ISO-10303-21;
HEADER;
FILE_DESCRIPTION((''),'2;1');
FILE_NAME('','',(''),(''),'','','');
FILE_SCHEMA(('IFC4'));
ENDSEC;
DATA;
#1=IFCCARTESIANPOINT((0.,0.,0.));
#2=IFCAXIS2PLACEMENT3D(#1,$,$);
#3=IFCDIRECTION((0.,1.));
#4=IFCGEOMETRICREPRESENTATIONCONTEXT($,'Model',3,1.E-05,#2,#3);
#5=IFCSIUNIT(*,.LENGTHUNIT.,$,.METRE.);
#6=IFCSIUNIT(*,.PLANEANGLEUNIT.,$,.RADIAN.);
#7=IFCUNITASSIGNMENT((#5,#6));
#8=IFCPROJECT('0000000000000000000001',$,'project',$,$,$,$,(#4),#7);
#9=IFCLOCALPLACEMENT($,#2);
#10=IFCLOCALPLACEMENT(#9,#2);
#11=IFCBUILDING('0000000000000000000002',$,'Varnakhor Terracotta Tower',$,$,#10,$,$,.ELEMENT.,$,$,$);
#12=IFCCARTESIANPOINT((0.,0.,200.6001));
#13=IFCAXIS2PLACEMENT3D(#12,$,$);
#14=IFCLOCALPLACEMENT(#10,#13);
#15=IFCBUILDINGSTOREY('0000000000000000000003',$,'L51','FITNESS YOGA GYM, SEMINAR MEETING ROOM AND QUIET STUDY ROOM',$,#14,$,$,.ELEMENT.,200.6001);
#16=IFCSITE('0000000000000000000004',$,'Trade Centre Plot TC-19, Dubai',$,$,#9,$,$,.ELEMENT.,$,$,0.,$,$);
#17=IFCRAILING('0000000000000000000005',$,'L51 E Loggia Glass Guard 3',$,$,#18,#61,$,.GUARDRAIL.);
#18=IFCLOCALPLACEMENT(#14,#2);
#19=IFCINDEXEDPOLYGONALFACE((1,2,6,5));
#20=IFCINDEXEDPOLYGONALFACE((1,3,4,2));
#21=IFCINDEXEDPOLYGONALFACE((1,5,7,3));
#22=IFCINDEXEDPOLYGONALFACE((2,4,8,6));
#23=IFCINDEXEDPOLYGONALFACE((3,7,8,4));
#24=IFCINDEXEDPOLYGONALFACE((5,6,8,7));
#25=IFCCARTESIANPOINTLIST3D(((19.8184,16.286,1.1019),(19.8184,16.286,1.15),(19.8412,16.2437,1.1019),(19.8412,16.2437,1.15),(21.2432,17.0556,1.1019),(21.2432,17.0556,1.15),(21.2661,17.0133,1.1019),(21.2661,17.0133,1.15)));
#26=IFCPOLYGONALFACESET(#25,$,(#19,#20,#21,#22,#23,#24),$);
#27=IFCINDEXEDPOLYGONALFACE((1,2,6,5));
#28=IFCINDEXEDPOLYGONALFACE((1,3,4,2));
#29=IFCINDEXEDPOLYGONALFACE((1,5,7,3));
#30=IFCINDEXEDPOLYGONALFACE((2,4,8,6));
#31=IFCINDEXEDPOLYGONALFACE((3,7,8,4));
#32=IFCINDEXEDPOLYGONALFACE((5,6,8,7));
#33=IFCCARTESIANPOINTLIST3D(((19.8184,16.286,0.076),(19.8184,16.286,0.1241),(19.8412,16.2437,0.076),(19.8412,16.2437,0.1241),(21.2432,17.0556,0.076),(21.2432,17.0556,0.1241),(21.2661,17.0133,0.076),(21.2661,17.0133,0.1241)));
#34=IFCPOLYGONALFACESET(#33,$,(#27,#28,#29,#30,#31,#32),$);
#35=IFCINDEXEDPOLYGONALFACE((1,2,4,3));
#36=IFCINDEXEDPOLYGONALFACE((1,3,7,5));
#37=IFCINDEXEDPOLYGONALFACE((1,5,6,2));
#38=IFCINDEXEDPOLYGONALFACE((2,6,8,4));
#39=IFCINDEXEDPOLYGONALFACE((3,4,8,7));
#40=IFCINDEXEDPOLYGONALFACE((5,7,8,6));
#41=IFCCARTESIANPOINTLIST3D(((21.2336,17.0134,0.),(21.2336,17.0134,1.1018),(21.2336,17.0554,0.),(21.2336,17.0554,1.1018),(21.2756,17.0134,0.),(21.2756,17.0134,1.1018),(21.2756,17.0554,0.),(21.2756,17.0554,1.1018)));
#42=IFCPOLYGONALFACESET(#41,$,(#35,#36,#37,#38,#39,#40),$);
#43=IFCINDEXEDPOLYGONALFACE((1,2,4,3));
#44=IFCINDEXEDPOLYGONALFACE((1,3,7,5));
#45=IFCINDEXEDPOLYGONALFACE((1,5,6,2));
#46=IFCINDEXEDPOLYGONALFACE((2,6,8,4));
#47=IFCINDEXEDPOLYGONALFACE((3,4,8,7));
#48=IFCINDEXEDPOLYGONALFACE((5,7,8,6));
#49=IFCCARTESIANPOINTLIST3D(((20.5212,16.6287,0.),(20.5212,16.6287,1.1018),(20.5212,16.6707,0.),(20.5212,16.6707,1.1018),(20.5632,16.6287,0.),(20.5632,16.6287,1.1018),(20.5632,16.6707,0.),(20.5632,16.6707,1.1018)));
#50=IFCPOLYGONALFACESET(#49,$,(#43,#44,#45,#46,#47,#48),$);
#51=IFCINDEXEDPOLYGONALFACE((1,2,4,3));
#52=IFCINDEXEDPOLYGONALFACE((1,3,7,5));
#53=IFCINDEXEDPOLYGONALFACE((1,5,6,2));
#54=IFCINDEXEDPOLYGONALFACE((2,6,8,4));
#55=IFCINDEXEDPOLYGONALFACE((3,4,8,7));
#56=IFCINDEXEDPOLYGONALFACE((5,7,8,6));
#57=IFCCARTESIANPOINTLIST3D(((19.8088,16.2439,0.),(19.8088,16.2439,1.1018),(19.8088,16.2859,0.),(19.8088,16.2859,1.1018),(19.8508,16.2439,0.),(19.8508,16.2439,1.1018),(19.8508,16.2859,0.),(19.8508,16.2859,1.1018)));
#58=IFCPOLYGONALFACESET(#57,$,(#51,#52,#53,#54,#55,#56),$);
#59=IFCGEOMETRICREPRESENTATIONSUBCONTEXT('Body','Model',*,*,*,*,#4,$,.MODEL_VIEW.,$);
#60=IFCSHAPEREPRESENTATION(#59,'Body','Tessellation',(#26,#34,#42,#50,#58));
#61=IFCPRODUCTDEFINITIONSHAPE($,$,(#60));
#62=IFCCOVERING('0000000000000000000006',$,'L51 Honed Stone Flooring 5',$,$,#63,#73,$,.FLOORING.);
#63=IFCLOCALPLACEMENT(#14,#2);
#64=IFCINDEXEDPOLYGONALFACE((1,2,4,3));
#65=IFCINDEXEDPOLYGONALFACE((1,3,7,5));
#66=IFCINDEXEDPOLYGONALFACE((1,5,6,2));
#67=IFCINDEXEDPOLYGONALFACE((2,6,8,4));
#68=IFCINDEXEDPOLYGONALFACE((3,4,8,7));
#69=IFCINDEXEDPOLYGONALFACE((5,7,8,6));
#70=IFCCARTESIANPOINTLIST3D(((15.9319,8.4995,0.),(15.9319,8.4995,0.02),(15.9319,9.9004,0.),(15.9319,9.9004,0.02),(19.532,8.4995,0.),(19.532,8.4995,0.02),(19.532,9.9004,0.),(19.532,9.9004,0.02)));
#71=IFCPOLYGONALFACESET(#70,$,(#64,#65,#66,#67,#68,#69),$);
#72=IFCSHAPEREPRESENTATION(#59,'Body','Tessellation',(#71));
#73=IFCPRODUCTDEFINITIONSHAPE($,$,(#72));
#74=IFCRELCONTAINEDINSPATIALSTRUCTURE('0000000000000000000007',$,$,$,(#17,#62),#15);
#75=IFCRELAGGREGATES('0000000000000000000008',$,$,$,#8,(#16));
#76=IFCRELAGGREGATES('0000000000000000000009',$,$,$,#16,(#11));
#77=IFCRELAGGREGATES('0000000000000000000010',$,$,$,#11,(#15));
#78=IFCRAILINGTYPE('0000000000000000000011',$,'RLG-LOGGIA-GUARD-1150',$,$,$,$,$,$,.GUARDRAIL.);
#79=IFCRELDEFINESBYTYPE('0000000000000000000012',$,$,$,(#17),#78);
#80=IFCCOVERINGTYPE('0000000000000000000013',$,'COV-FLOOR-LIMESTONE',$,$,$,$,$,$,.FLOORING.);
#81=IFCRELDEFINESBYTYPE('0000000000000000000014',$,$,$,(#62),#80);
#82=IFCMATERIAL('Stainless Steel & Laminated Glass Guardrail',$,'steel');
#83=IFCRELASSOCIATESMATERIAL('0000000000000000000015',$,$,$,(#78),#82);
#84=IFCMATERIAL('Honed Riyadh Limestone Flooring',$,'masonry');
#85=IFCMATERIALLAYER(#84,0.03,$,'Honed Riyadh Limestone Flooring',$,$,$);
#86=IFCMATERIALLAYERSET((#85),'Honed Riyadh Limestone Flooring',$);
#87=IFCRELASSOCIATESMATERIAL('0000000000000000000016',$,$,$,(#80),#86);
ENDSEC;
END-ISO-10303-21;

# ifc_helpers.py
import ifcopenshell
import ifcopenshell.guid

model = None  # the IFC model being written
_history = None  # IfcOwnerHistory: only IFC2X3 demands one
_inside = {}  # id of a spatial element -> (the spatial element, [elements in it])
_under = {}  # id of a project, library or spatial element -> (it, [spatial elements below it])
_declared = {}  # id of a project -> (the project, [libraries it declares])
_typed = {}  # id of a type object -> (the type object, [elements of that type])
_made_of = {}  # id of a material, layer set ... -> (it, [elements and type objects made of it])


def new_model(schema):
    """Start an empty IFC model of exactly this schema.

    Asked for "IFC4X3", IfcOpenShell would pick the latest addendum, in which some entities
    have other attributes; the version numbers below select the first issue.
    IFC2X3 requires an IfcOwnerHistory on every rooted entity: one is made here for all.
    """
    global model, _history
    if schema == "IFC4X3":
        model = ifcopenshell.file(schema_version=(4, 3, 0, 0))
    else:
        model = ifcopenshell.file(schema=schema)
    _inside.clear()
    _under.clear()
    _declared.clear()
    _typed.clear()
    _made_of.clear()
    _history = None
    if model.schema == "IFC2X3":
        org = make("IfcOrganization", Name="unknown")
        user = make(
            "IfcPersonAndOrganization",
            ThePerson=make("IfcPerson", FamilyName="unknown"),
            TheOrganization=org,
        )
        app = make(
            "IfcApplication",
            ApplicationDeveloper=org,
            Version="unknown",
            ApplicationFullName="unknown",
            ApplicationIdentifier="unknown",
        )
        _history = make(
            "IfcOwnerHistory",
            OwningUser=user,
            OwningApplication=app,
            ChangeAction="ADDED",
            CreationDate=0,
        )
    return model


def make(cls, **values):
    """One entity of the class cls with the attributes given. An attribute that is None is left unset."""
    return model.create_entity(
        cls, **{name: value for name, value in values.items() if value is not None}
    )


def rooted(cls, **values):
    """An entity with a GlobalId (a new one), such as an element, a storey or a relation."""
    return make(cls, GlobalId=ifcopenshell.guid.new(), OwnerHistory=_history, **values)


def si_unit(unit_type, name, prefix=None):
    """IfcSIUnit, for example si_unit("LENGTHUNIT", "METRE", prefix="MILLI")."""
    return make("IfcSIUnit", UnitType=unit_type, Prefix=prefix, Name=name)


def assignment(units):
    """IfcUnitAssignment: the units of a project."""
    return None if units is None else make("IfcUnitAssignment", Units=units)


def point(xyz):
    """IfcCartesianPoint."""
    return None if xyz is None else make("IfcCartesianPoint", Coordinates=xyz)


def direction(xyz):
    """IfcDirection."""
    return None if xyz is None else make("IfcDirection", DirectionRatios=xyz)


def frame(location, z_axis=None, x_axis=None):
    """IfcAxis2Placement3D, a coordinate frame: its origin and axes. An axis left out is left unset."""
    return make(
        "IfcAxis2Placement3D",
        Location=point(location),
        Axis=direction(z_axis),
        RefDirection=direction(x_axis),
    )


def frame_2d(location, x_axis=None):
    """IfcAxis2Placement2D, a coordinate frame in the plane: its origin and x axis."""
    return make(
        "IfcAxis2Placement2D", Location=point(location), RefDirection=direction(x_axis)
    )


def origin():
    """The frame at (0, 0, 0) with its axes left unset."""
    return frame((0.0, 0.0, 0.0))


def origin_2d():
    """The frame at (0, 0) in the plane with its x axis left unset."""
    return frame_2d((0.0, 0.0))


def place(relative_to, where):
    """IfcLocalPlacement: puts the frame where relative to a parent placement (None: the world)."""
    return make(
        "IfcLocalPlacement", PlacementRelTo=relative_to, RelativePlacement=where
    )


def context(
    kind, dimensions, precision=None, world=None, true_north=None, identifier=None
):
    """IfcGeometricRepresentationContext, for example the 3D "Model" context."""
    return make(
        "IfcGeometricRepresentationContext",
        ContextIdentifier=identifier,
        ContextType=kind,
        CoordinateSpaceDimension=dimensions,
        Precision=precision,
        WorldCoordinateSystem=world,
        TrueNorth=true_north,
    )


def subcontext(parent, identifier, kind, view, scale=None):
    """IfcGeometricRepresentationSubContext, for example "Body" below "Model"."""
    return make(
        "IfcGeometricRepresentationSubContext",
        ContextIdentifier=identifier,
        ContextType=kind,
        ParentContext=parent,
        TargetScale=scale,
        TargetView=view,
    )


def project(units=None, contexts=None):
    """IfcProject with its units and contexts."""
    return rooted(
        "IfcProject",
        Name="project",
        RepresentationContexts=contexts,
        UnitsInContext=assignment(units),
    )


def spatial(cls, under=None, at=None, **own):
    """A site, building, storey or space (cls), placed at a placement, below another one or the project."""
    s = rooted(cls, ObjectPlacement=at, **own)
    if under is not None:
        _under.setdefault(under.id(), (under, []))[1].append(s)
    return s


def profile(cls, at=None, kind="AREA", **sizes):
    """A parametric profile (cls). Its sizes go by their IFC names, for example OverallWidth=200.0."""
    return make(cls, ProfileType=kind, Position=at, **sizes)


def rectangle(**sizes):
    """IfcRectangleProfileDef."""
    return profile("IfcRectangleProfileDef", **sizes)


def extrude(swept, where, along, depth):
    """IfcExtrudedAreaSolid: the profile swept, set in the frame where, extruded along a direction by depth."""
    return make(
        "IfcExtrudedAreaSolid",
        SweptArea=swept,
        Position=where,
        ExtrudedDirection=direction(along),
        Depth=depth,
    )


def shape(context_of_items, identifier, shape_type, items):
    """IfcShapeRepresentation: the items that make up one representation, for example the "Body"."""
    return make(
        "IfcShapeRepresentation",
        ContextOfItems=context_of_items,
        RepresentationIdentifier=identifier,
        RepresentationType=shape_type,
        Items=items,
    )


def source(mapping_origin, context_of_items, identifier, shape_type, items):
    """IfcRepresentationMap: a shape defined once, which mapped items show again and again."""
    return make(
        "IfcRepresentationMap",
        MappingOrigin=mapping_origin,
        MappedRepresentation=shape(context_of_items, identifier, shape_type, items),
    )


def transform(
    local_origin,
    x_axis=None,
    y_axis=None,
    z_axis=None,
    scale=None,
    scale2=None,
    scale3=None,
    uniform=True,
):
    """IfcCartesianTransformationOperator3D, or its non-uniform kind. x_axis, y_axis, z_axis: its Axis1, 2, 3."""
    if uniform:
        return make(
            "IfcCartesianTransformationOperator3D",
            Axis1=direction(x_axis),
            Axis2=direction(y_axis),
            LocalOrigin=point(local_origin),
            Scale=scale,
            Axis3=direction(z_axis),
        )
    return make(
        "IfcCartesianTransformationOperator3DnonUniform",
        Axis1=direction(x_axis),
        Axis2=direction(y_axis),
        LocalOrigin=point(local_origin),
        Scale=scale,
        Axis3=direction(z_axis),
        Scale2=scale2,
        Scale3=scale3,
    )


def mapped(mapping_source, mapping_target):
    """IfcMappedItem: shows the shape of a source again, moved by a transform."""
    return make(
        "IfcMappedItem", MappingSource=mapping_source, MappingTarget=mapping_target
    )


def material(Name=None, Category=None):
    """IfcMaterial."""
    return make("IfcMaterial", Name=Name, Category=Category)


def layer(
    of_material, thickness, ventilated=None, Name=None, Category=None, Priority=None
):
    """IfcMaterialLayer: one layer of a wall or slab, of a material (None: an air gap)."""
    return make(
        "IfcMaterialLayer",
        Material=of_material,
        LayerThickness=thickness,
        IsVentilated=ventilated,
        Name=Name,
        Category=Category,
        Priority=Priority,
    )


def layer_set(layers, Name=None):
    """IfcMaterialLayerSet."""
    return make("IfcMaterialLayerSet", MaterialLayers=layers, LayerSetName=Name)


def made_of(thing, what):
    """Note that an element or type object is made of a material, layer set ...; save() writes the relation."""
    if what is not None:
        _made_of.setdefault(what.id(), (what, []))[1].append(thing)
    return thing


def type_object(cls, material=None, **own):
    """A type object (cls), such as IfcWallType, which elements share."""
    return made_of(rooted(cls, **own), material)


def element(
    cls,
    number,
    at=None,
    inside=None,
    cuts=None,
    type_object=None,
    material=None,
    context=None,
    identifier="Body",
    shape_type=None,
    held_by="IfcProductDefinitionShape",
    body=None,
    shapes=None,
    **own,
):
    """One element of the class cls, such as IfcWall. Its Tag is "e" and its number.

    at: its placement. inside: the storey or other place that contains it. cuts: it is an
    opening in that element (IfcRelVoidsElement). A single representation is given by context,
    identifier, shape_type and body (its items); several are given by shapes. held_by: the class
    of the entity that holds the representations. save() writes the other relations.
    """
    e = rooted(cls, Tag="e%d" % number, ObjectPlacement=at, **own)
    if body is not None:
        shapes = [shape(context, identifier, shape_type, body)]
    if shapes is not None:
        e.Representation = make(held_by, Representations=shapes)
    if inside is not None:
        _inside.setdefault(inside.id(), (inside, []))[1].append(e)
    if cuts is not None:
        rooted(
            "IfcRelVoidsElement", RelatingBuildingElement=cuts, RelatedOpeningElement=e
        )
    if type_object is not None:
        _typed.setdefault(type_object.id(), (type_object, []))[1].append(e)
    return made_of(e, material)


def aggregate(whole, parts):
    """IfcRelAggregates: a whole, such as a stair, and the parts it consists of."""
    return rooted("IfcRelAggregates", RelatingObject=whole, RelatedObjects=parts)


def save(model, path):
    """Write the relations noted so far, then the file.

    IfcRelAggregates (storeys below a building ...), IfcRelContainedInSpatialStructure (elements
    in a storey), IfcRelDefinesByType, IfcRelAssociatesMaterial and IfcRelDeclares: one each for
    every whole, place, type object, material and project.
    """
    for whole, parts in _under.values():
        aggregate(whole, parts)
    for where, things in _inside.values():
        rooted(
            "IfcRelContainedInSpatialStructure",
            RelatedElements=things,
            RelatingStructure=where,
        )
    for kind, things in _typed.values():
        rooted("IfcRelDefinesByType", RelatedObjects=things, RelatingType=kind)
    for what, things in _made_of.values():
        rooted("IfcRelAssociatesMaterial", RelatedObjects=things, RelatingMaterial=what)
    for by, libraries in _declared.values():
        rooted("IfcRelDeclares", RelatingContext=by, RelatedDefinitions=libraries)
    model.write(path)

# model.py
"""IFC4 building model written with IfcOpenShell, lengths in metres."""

from ifc_helpers import new_model, si_unit, direction, frame, origin, origin_2d, place, context, subcontext, project, spatial, rectangle, extrude, source, transform, mapped, material, layer, layer_set, type_object, element, save


model = new_model("IFC4")

# Units and contexts
model_context = context("Model", 3, precision=1e-05, world=origin(), true_north=direction((0.0, 1.0)))
body_context = subcontext(model_context, "Body", "Model", "MODEL_VIEW")
ifc_project = project(units=[si_unit("LENGTHUNIT", "METRE"), si_unit("PLANEANGLEUNIT", "RADIAN")], contexts=[model_context])

# Site, building, storey
site_placement = place(None, origin())
site = spatial("IfcSite", under=ifc_project, at=site_placement, Name="Trade Centre Plot TC-19, Dubai", CompositionType="ELEMENT", RefElevation=0.0)
building_placement = place(site_placement, origin())
building = spatial("IfcBuilding", under=site, at=building_placement, Name="Varnakhor Terracotta Tower", CompositionType="ELEMENT")
storey_placement = place(building_placement, frame((0.0, 0.0, 200.6001)))
storey = spatial("IfcBuildingStorey", under=building, at=storey_placement, Name="L51", Description="FITNESS YOGA GYM, SEMINAR MEETING ROOM AND QUIET STUDY ROOM", CompositionType="ELEMENT", Elevation=200.6001)

# Railing
ifc_material_1 = material(Name="Stainless Steel & Laminated Glass Guardrail", Category="steel")
railing_type = type_object("IfcRailingType", Name="RLG-LOGGIA-GUARD-1150", PredefinedType="GUARDRAIL", material=ifc_material_1)
railing_placement = place(storey_placement, frame((21.2546, 17.0344, 0.0)))
element("IfcRailing", 1, at=railing_placement, inside=storey, type_object=railing_type, Name="L51 E Loggia Glass Guard 3", PredefinedType="GUARDRAIL", context=body_context, shape_type="SweptSolid", body=[
    extrude(rectangle(XDim=0.0481, YDim=0.0481, at=origin_2d()), frame((0.0, 0.0, 1.126), z_axis=(-0.87987, -0.475214, 0.0), x_axis=(0.475214, -0.87987, 0.0)), (0.0, 0.0, 1.0), 1.6194),
    extrude(rectangle(XDim=0.0481, YDim=0.0481, at=origin_2d()), frame((0.0, 0.0, 0.1001), z_axis=(-0.87987, -0.475214, 0.0), x_axis=(0.475214, -0.87987, 0.0)), (0.0, 0.0, 1.0), 1.6194),
    extrude(rectangle(XDim=0.042, YDim=0.042, at=origin_2d()), origin(), (0.0, 0.0, 1.0), 1.1018),
    extrude(rectangle(XDim=0.042, YDim=0.042, at=origin_2d()), frame((-0.7124, -0.3848, 0.0)), (0.0, 0.0, 1.0), 1.1018),
    extrude(rectangle(XDim=0.042, YDim=0.042, at=origin_2d()), frame((-1.4248, -0.7695, 0.0)), (0.0, 0.0, 1.0), 1.1018),
])

# Covering
ifc_material_2 = material(Name="Honed Riyadh Limestone Flooring", Category="masonry")
ifc_layer_1 = layer(ifc_material_2, 0.03, Name="Honed Riyadh Limestone Flooring")
ifc_layer_set_1 = layer_set([ifc_layer_1], Name="Honed Riyadh Limestone Flooring")
covering_type = type_object("IfcCoveringType", Name="COV-FLOOR-LIMESTONE", PredefinedType="FLOORING", material=ifc_layer_set_1)
shared_shape_1 = source(origin(), body_context, "Body", "SweptSolid", [
    extrude(rectangle(XDim=3.6001, YDim=1.4009, at=origin_2d()), origin(), (0.0, 0.0, 1.0), 0.02),
])
covering_placement = place(storey_placement, frame((17.7319, 9.2, 0.0), z_axis=(0.0, 0.0, 1.0), x_axis=(1.0, 0.0, 0.0)))
element("IfcCovering", 2, at=covering_placement, inside=storey, type_object=covering_type, Name="L51 Honed Stone Flooring 5", PredefinedType="FLOORING", context=body_context, shape_type="MappedRepresentation", body=[
    mapped(shared_shape_1, transform((0.0, 0.0, 0.0), scale=1.0)),
])

save(model, "model.ifc")
